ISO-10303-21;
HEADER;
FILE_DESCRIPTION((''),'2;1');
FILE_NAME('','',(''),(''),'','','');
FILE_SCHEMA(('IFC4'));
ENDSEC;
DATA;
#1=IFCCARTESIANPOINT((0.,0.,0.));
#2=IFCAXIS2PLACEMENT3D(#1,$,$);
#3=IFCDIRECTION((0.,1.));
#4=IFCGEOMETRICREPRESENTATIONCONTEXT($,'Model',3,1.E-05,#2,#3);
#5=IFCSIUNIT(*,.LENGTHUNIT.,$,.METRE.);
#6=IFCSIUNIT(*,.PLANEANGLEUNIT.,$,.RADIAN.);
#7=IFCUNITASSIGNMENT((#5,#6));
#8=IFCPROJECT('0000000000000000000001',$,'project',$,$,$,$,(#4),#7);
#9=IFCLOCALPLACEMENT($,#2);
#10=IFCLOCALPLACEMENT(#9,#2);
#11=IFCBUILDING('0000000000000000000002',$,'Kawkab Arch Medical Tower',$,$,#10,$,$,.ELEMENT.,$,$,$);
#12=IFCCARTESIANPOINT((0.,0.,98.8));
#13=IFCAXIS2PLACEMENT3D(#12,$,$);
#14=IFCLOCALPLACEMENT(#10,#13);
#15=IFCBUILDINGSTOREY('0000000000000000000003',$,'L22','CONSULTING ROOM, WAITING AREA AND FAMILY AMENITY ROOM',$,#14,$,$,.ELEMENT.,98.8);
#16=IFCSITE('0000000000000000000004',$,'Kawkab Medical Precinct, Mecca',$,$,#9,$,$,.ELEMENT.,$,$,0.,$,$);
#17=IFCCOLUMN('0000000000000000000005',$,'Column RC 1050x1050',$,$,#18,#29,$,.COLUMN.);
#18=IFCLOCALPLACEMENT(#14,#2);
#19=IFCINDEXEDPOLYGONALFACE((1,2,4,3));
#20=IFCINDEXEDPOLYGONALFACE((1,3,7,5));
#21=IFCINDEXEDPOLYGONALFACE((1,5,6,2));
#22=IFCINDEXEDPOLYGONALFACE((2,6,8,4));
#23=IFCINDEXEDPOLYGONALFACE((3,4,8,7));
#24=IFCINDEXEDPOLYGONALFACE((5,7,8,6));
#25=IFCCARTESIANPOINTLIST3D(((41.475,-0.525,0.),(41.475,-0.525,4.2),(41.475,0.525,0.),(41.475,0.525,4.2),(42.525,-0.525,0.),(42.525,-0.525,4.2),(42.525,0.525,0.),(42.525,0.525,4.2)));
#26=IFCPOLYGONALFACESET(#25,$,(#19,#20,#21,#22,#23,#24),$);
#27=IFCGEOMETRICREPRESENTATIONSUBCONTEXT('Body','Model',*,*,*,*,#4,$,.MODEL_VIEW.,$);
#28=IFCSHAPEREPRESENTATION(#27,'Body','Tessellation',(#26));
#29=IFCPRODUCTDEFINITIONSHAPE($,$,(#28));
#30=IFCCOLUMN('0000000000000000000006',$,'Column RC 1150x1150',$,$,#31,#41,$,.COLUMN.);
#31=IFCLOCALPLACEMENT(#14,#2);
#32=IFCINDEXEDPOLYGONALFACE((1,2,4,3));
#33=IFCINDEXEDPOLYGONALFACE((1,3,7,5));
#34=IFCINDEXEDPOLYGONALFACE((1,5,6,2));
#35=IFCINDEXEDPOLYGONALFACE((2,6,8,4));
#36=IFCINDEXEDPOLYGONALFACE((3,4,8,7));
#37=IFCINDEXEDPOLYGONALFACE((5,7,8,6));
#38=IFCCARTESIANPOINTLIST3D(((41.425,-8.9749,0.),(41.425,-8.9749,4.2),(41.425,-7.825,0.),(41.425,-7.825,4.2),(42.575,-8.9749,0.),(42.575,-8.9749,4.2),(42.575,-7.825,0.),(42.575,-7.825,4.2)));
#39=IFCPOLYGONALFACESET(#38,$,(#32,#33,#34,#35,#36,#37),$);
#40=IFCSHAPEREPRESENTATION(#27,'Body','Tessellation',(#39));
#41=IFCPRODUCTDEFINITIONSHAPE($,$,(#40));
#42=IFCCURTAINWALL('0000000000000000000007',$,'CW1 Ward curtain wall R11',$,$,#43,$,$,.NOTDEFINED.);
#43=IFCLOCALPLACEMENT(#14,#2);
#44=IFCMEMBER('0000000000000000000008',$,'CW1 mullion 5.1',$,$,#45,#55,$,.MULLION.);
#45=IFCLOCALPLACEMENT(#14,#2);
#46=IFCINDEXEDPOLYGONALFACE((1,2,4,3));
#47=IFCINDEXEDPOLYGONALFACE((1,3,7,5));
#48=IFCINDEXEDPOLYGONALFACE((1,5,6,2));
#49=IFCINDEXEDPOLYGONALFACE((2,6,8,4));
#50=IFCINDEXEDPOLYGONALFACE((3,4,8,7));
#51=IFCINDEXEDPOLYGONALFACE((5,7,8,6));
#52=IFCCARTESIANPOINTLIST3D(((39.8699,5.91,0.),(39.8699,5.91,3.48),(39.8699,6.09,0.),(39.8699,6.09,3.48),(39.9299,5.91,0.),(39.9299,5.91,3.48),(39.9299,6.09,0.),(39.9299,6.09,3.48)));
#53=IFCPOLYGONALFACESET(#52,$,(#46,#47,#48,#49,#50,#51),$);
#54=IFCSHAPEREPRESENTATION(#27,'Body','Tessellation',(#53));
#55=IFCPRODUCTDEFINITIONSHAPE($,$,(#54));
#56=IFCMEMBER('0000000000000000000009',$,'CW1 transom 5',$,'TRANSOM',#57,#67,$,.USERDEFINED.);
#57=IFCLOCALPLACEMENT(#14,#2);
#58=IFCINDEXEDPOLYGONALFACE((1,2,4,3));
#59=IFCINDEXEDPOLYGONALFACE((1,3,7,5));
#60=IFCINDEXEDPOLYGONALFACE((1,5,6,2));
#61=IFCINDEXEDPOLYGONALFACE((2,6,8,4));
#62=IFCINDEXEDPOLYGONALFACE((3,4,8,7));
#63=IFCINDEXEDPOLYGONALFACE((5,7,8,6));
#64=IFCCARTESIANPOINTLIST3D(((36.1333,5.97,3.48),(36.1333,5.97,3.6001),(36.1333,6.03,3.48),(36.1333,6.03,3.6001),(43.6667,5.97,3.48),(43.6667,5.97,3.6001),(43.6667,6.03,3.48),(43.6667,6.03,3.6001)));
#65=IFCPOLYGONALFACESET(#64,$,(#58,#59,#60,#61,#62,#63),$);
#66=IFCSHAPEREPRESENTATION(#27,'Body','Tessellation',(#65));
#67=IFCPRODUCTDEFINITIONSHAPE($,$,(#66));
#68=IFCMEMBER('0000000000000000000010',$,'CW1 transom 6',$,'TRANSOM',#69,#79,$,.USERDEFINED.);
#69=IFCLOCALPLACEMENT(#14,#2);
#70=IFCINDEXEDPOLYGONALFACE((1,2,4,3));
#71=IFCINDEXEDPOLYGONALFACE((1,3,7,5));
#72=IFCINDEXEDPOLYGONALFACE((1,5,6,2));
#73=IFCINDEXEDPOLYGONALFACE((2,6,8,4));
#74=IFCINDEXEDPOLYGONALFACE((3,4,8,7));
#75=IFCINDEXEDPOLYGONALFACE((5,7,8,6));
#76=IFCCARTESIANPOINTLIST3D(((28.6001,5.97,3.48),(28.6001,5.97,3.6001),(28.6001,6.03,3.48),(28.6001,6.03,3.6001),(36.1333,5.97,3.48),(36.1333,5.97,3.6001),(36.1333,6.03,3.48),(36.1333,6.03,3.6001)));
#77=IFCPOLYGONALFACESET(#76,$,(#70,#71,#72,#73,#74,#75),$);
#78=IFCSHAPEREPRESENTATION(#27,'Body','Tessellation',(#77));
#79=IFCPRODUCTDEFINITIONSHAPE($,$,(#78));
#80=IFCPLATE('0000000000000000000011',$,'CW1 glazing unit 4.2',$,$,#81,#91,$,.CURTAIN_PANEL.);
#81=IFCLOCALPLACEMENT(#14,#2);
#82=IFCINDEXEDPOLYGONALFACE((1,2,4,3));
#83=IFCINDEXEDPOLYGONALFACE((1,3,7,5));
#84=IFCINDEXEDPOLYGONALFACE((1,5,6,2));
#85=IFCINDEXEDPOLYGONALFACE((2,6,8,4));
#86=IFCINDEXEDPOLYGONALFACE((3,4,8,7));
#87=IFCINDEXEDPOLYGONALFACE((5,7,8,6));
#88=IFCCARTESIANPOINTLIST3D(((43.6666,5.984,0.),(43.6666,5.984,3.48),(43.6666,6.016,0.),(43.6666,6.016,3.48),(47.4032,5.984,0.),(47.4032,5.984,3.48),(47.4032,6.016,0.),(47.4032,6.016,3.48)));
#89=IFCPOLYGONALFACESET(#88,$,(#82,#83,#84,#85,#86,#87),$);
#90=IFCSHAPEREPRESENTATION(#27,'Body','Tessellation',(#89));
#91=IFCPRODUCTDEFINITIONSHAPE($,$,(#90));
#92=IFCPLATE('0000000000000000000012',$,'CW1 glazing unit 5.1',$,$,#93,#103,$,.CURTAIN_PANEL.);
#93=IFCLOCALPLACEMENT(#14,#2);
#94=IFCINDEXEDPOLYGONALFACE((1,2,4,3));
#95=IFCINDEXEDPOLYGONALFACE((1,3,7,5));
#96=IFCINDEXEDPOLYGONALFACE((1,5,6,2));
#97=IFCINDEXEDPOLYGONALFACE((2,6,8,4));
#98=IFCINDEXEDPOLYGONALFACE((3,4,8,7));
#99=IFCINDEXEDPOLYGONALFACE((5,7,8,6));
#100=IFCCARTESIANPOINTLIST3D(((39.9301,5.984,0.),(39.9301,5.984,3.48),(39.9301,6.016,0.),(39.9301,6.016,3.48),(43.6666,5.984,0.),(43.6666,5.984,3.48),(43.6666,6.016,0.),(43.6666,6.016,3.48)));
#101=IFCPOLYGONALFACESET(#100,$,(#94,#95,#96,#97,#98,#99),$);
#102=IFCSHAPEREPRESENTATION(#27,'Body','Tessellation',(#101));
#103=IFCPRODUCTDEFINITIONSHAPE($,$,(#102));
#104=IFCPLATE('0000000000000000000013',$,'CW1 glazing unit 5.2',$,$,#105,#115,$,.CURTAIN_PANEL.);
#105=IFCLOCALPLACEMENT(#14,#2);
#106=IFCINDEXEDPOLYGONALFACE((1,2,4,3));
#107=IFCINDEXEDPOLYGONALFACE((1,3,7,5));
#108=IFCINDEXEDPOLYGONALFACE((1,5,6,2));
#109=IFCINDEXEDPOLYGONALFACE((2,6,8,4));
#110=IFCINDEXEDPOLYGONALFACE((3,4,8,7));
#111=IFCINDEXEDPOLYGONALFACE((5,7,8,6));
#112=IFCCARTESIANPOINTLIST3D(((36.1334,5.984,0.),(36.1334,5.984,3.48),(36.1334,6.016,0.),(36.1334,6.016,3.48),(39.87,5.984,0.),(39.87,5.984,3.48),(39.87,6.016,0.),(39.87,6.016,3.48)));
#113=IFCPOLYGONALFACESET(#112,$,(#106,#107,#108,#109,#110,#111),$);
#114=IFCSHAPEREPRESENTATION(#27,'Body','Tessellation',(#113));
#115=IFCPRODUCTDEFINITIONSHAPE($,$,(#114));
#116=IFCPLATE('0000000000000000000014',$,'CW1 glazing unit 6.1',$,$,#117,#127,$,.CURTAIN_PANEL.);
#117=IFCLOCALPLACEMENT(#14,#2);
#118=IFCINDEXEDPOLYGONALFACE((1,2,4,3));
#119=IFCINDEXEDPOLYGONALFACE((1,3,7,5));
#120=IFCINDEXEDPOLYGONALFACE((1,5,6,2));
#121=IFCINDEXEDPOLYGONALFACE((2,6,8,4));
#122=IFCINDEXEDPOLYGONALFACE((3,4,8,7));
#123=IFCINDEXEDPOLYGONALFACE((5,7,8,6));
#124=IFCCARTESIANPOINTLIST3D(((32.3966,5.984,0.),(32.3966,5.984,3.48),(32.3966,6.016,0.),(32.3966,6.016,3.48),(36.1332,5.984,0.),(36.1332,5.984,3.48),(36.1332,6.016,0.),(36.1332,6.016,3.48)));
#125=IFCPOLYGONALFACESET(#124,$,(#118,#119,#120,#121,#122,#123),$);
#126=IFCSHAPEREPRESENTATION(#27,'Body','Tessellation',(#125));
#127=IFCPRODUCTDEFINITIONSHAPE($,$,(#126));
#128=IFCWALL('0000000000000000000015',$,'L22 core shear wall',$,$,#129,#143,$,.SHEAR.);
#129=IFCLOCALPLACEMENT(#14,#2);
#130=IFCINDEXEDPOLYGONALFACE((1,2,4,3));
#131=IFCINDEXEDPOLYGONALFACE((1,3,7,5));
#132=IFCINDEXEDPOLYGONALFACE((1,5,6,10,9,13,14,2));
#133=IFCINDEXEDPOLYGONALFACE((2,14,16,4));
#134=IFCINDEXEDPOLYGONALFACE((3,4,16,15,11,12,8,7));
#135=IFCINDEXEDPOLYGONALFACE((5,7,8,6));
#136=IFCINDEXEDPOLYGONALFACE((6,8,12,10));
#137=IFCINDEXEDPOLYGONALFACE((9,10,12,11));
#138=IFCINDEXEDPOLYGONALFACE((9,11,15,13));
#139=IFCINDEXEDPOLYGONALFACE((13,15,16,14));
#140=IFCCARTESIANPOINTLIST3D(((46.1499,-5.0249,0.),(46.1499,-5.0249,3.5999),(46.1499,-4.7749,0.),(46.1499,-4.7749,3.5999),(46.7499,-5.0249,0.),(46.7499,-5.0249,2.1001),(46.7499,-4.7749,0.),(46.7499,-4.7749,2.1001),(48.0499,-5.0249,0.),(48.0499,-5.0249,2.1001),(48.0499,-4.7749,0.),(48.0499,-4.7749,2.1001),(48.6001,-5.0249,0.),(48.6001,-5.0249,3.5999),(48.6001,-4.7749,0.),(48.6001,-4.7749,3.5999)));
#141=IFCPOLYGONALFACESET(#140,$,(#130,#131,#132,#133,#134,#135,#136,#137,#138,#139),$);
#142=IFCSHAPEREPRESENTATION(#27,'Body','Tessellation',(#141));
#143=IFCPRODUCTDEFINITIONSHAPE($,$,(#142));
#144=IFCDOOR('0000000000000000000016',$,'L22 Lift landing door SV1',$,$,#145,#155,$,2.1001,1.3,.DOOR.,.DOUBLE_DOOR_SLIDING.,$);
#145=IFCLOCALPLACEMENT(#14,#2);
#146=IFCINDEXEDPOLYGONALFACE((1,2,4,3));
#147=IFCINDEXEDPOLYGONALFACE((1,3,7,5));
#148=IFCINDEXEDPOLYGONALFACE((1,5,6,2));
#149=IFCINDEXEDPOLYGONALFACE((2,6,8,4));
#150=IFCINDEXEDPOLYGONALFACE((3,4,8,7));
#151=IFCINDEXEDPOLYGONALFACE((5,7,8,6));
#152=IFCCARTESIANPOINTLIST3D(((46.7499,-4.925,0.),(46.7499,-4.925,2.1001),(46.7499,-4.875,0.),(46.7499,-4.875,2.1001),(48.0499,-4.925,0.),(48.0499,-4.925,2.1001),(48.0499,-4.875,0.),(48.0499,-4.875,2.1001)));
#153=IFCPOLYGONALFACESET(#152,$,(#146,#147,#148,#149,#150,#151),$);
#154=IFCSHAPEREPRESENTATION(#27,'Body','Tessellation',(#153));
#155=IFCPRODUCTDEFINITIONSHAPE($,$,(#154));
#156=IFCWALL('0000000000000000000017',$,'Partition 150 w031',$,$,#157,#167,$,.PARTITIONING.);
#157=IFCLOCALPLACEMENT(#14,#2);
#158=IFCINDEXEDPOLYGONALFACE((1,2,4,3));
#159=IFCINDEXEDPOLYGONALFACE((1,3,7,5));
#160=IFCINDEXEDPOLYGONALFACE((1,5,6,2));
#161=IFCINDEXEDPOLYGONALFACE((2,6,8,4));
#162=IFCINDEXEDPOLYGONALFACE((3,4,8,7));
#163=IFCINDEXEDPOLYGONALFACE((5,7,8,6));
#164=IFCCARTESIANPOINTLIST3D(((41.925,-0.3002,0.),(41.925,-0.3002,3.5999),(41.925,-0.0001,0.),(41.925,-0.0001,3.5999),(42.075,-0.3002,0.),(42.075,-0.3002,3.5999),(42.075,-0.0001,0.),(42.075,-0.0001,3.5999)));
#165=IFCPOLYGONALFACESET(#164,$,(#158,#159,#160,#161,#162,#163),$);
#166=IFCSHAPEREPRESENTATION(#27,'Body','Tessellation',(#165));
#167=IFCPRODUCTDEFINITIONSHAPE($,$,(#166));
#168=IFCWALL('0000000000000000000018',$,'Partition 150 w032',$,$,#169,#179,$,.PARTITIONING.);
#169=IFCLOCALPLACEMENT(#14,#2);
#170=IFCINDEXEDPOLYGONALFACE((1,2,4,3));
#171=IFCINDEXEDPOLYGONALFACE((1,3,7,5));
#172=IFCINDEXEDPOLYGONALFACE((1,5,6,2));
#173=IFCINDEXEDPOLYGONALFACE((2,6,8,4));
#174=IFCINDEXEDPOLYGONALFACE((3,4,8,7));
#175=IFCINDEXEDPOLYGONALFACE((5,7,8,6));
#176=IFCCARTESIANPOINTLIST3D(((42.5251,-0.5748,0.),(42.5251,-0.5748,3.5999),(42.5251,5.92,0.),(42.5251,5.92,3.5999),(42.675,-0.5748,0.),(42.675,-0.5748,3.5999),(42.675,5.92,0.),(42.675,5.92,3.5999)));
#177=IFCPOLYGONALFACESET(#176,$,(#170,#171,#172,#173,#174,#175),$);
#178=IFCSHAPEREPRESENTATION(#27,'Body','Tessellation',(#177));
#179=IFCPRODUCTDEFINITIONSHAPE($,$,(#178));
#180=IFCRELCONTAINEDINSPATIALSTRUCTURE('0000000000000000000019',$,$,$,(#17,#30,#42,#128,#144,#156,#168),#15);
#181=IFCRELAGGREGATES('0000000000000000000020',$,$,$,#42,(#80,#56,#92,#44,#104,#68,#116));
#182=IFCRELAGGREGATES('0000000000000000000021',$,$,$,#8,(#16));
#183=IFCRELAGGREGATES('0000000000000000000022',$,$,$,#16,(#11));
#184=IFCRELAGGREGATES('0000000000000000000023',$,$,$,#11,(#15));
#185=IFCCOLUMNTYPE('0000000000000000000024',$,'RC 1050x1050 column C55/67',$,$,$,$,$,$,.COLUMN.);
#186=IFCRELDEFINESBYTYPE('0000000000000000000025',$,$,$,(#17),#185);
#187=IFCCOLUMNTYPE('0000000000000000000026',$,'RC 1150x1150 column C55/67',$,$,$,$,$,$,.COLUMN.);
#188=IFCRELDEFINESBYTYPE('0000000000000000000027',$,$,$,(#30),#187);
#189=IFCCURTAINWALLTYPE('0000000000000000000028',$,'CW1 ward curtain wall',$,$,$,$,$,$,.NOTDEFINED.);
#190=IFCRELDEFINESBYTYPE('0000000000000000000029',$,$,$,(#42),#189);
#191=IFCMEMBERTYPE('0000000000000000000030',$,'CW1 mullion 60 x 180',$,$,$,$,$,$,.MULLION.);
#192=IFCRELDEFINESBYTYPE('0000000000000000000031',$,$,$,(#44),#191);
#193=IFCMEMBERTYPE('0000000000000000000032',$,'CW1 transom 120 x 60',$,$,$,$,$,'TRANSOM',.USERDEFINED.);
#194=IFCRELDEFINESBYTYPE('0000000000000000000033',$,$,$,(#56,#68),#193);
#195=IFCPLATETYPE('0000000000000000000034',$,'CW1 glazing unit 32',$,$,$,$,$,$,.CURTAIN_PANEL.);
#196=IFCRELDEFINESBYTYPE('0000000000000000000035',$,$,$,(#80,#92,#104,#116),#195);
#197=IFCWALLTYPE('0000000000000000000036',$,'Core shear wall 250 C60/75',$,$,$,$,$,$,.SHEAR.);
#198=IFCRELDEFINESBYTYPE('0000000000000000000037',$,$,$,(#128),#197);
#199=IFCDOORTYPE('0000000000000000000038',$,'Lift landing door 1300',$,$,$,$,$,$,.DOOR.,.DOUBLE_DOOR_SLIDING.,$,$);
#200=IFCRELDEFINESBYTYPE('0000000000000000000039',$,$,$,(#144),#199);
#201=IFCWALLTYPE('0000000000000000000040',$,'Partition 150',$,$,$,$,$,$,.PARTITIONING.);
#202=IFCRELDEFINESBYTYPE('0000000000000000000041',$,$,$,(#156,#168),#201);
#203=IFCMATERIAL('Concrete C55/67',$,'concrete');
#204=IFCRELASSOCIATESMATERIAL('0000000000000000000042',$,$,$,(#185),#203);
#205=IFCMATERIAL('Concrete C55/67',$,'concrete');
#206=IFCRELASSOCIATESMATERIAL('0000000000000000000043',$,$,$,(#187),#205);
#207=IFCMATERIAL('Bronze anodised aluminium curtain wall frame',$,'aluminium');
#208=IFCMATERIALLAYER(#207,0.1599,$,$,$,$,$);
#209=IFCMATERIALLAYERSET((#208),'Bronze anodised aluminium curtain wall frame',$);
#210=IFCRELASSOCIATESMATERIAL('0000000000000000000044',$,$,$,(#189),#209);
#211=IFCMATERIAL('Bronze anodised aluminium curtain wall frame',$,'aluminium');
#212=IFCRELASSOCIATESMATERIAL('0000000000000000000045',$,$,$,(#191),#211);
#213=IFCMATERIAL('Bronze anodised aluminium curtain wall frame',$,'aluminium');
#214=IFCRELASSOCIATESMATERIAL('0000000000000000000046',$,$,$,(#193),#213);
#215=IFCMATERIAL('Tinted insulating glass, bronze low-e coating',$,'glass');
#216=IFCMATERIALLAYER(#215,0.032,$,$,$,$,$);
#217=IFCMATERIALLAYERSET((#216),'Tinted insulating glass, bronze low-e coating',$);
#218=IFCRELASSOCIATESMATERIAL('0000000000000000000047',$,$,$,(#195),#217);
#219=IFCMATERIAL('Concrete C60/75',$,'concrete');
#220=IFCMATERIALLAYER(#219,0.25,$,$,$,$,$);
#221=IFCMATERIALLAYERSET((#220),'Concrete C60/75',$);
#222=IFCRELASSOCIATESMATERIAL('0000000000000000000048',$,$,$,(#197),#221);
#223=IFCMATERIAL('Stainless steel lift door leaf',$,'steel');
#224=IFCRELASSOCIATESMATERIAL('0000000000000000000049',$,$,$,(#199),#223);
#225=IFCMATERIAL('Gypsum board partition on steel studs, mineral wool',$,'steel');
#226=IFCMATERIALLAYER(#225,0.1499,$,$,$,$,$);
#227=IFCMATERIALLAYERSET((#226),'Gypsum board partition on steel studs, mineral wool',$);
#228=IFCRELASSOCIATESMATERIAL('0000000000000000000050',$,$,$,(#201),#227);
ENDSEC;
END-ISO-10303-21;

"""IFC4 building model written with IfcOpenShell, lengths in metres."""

from ifc_helpers import new_model, si_unit, direction, frame, frame_2d, origin, origin_2d, place, context, subcontext, project, spatial, rectangle, extrude, material, layer, layer_set, material_profile, profile_set, type_object, element, fill, aggregate, save


model = new_model("IFC4")

# Units and contexts
model_context = context("Model", 3, precision=1e-05, world=origin(), true_north=direction((0.0, 1.0)))
body_context = subcontext(model_context, "Body", "Model", "MODEL_VIEW")
ifc_project = project(units=[si_unit("LENGTHUNIT", "METRE"), si_unit("PLANEANGLEUNIT", "RADIAN")], contexts=[model_context])

# Site, building, storey
site_placement = place(None, origin())
site = spatial("IfcSite", under=ifc_project, at=site_placement, Name="Kawkab Medical Precinct, Mecca", CompositionType="ELEMENT", RefElevation=0.0)
building_placement = place(site_placement, origin())
building = spatial("IfcBuilding", under=site, at=building_placement, Name="Kawkab Arch Medical Tower", CompositionType="ELEMENT")
storey_placement = place(building_placement, frame((0.0, 0.0, 98.8)))
storey = spatial("IfcBuildingStorey", under=building, at=storey_placement, Name="L22", Description="CONSULTING ROOM, WAITING AREA AND FAMILY AMENITY ROOM", CompositionType="ELEMENT", Elevation=98.8)

# Columns
ifc_material_1 = material(Name="Concrete C55/67", Category="concrete")
ifc_material_profile_1 = material_profile(ifc_material_1, rectangle(XDim=1.05, YDim=1.05, at=origin_2d()), Name="RC 1050x1050")
ifc_profile_set_1 = profile_set([ifc_material_profile_1], Name="Concrete C55/67")
column_type_1 = type_object("IfcColumnType", Name="RC 1050x1050 column C55/67", PredefinedType="COLUMN", material=ifc_profile_set_1)
column_1_placement = place(storey_placement, frame((42.0, 0.0, 0.0), z_axis=(0.0, 0.0, 1.0), x_axis=(1.0, 0.0, 0.0)))
element("IfcColumn", 1, at=column_1_placement, inside=storey, type_object=column_type_1, Name="Column RC 1050x1050", PredefinedType="COLUMN", context=body_context, shape_type="SweptSolid", body=[
    extrude(rectangle(XDim=1.05, YDim=1.05, at=origin_2d()), origin(), (0.0, 0.0, 1.0), 4.2),
])
ifc_material_2 = material(Name="Concrete C55/67", Category="concrete")
ifc_material_profile_2 = material_profile(ifc_material_2, rectangle(XDim=1.1499, YDim=1.1499, at=origin_2d()), Name="RC 1150x1150")
ifc_profile_set_2 = profile_set([ifc_material_profile_2], Name="Concrete C55/67")
column_type_2 = type_object("IfcColumnType", Name="RC 1150x1150 column C55/67", PredefinedType="COLUMN", material=ifc_profile_set_2)
column_2_placement = place(storey_placement, frame((42.0, -8.3999, 0.0), z_axis=(0.0, 0.0, 1.0), x_axis=(1.0, 0.0, 0.0)))
element("IfcColumn", 2, at=column_2_placement, inside=storey, type_object=column_type_2, Name="Column RC 1150x1150", PredefinedType="COLUMN", context=body_context, shape_type="SweptSolid", body=[
    extrude(rectangle(XDim=1.1499, YDim=1.1499, at=origin_2d()), origin(), (0.0, 0.0, 1.0), 4.2),
])

# Curtain wall, members, plates
ifc_material_3 = material(Name="Bronze anodised aluminium curtain wall frame", Category="aluminium")
ifc_layer_1 = layer(ifc_material_3, 0.1599)
ifc_layer_set_1 = layer_set([ifc_layer_1], Name="Bronze anodised aluminium curtain wall frame")
curtain_wall_type = type_object("IfcCurtainWallType", Name="CW1 ward curtain wall", PredefinedType="NOTDEFINED", material=ifc_layer_set_1)
placement = place(storey_placement, origin())
curtain_wall = element("IfcCurtainWall", 3, at=placement, inside=storey, type_object=curtain_wall_type, Name="CW1 Ward curtain wall R11", PredefinedType="NOTDEFINED")
ifc_material_4 = material(Name="Bronze anodised aluminium curtain wall frame", Category="aluminium")
ifc_material_profile_3 = material_profile(ifc_material_4, rectangle(XDim=0.1799, YDim=0.0601, at=origin_2d()), Name="AL 60x180")
ifc_profile_set_3 = profile_set([ifc_material_profile_3], Name="Bronze anodised aluminium curtain wall frame")
member_type_1 = type_object("IfcMemberType", Name="CW1 mullion 60 x 180", PredefinedType="MULLION", material=ifc_profile_set_3)
member_1_placement = place(storey_placement, frame((39.8999, 6.0, 0.0), z_axis=(0.0, 0.0, 1.0), x_axis=(0.0, -1.0, 0.0)))
member_1 = element("IfcMember", 4, at=member_1_placement, type_object=member_type_1, Name="CW1 mullion 5.1", PredefinedType="MULLION", context=body_context, shape_type="SweptSolid", body=[
    extrude(rectangle(XDim=0.1799, YDim=0.0601, at=origin_2d()), origin(), (0.0, 0.0, 1.0), 3.48),
])
ifc_material_5 = material(Name="Bronze anodised aluminium curtain wall frame", Category="aluminium")
ifc_material_profile_4 = material_profile(ifc_material_5, rectangle(XDim=0.0601, YDim=0.1201, at=origin_2d()), Name="AL 60x120")
ifc_profile_set_4 = profile_set([ifc_material_profile_4], Name="Bronze anodised aluminium curtain wall frame")
member_type_2 = type_object("IfcMemberType", Name="CW1 transom 120 x 60", ElementType="TRANSOM", PredefinedType="USERDEFINED", material=ifc_profile_set_4)
member_2_placement = place(storey_placement, frame((43.6667, 6.0, 3.54), z_axis=(-1.0, 0.0, 0.0), x_axis=(0.0, -1.0, 0.0)))
member_2 = element("IfcMember", 5, at=member_2_placement, type_object=member_type_2, Name="CW1 transom 5", ObjectType="TRANSOM", PredefinedType="USERDEFINED", context=body_context, shape_type="SweptSolid", body=[
    extrude(rectangle(XDim=0.0601, YDim=0.1201, at=origin_2d()), origin(), (0.0, 0.0, 1.0), 7.5334),
])
member_3_placement = place(storey_placement, frame((36.1333, 6.0, 3.54), z_axis=(-1.0, 0.0, 0.0), x_axis=(0.0, -1.0, 0.0)))
member_3 = element("IfcMember", 6, at=member_3_placement, type_object=member_type_2, Name="CW1 transom 6", ObjectType="TRANSOM", PredefinedType="USERDEFINED", context=body_context, shape_type="SweptSolid", body=[
    extrude(rectangle(XDim=0.0601, YDim=0.1201, at=origin_2d()), origin(), (0.0, 0.0, 1.0), 7.5332),
])
ifc_material_6 = material(Name="Tinted insulating glass, bronze low-e coating", Category="glass")
ifc_layer_2 = layer(ifc_material_6, 0.032)
ifc_layer_set_2 = layer_set([ifc_layer_2], Name="Tinted insulating glass, bronze low-e coating")
plate_type = type_object("IfcPlateType", Name="CW1 glazing unit 32", PredefinedType="CURTAIN_PANEL", material=ifc_layer_set_2)
plate_1_placement = place(storey_placement, frame((45.5349, 6.0, 0.0), z_axis=(0.0, 0.0, 1.0), x_axis=(-1.0, 0.0, 0.0)))
plate_1 = element("IfcPlate", 7, at=plate_1_placement, type_object=plate_type, Name="CW1 glazing unit 4.2", PredefinedType="CURTAIN_PANEL", context=body_context, shape_type="SweptSolid", body=[
    extrude(rectangle(XDim=3.7366, YDim=0.032, at=origin_2d()), origin(), (0.0, 0.0, 1.0), 3.48),
])
plate_2_placement = place(storey_placement, frame((41.7983, 6.0, 0.0), z_axis=(0.0, 0.0, 1.0), x_axis=(-1.0, 0.0, 0.0)))
plate_2 = element("IfcPlate", 8, at=plate_2_placement, type_object=plate_type, Name="CW1 glazing unit 5.1", PredefinedType="CURTAIN_PANEL", context=body_context, shape_type="SweptSolid", body=[
    extrude(rectangle(XDim=3.7366, YDim=0.032, at=origin_2d()), origin(), (0.0, 0.0, 1.0), 3.48),
])
plate_3_placement = place(storey_placement, frame((38.0017, 6.0, 0.0), z_axis=(0.0, 0.0, 1.0), x_axis=(-1.0, 0.0, 0.0)))
plate_3 = element("IfcPlate", 9, at=plate_3_placement, type_object=plate_type, Name="CW1 glazing unit 5.2", PredefinedType="CURTAIN_PANEL", context=body_context, shape_type="SweptSolid", body=[
    extrude(rectangle(XDim=3.7366, YDim=0.032, at=origin_2d()), origin(), (0.0, 0.0, 1.0), 3.48),
])
plate_4_placement = place(storey_placement, frame((34.2649, 6.0, 0.0), z_axis=(0.0, 0.0, 1.0), x_axis=(-1.0, 0.0, 0.0)))
plate_4 = element("IfcPlate", 10, at=plate_4_placement, type_object=plate_type, Name="CW1 glazing unit 6.1", PredefinedType="CURTAIN_PANEL", context=body_context, shape_type="SweptSolid", body=[
    extrude(rectangle(XDim=3.7366, YDim=0.032, at=origin_2d()), origin(), (0.0, 0.0, 1.0), 3.48),
])
aggregate(curtain_wall, [plate_1, member_2, plate_2, member_1, plate_3, member_3, plate_4])

# Wall, opening, door
ifc_material_7 = material(Name="Concrete C60/75", Category="concrete")
ifc_layer_3 = layer(ifc_material_7, 0.25)
ifc_layer_set_3 = layer_set([ifc_layer_3], Name="Concrete C60/75")
wall_type_1 = type_object("IfcWallType", Name="Core shear wall 250 C60/75", PredefinedType="SHEAR", material=ifc_layer_set_3)
wall_1_placement = place(storey_placement, frame((46.1499, -4.8999, 0.0), z_axis=(0.0, 0.0, 1.0), x_axis=(1.0, 0.0, 0.0)))
wall_1 = element("IfcWall", 11, at=wall_1_placement, inside=storey, type_object=wall_type_1, Name="L22 core shear wall", PredefinedType="SHEAR", context=body_context, shape_type="SweptSolid", body=[
    extrude(rectangle(XDim=2.4502, YDim=0.25, at=frame_2d((1.2251, 0.0))), origin(), (0.0, 0.0, 1.0), 3.5999),
])
opening_1_placement = place(wall_1_placement, frame((0.6001, 0.0, 0.0)))
opening_1 = element("IfcOpeningElement", 12, at=opening_1_placement, cuts=wall_1, PredefinedType="OPENING", context=body_context, shape_type="SweptSolid", body=[
    extrude(rectangle(XDim=1.3, YDim=2.1001, at=frame_2d((0.6499, 1.05))), frame((0.0, 0.135, 0.0), z_axis=(0.0, -1.0, 0.0), x_axis=(1.0, 0.0, 0.0)), (0.0, 0.0, 1.0), 0.27),
])
ifc_material_8 = material(Name="Stainless steel lift door leaf", Category="steel")
door_type_1 = type_object("IfcDoorType", Name="Lift landing door 1300", OperationType="DOUBLE_DOOR_SLIDING", PredefinedType="DOOR", material=ifc_material_8)
door_1_placement = place(opening_1_placement, origin())
door_1 = element("IfcDoor", 13, at=door_1_placement, inside=storey, type_object=door_type_1, Name="L22 Lift landing door SV1", OperationType="DOUBLE_DOOR_SLIDING", OverallHeight=2.1001, OverallWidth=1.3, PredefinedType="DOOR", context=body_context, shape_type="SweptSolid", body=[
    extrude(rectangle(XDim=1.3, YDim=2.1001, at=frame_2d((0.6499, 1.05))), frame((0.0, 0.0249, 0.0), z_axis=(0.0, -1.0, 0.0), x_axis=(1.0, 0.0, 0.0)), (0.0, 0.0, 1.0), 0.05),
])
fill(opening_1, door_1)

# Walls
ifc_material_9 = material(Name="Gypsum board partition on steel studs, mineral wool", Category="steel")
ifc_layer_4 = layer(ifc_material_9, 0.1499)
ifc_layer_set_4 = layer_set([ifc_layer_4], Name="Gypsum board partition on steel studs, mineral wool")
wall_type_2 = type_object("IfcWallType", Name="Partition 150", PredefinedType="PARTITIONING", material=ifc_layer_set_4)
wall_2_placement = place(storey_placement, frame((42.0, -0.3, 0.0), z_axis=(0.0, 0.0, 1.0), x_axis=(0.0, 1.0, 0.0)))
element("IfcWall", 14, at=wall_2_placement, inside=storey, type_object=wall_type_2, Name="Partition 150 w031", PredefinedType="PARTITIONING", context=body_context, shape_type="SweptSolid", body=[
    extrude(rectangle(XDim=0.3, YDim=0.1499, at=frame_2d((0.1499, 0.0))), origin(), (0.0, 0.0, 1.0), 3.5999),
])
wall_3_placement = place(storey_placement, frame((42.6001, -0.575, 0.0), z_axis=(0.0, 0.0, 1.0), x_axis=(0.0, 1.0, 0.0)))
element("IfcWall", 15, at=wall_3_placement, inside=storey, type_object=wall_type_2, Name="Partition 150 w032", PredefinedType="PARTITIONING", context=body_context, shape_type="SweptSolid", body=[
    extrude(rectangle(XDim=6.4949, YDim=0.1499, at=frame_2d((3.2476, 0.0))), origin(), (0.0, 0.0, 1.0), 3.5999),
])

save(model, "model.ifc")
